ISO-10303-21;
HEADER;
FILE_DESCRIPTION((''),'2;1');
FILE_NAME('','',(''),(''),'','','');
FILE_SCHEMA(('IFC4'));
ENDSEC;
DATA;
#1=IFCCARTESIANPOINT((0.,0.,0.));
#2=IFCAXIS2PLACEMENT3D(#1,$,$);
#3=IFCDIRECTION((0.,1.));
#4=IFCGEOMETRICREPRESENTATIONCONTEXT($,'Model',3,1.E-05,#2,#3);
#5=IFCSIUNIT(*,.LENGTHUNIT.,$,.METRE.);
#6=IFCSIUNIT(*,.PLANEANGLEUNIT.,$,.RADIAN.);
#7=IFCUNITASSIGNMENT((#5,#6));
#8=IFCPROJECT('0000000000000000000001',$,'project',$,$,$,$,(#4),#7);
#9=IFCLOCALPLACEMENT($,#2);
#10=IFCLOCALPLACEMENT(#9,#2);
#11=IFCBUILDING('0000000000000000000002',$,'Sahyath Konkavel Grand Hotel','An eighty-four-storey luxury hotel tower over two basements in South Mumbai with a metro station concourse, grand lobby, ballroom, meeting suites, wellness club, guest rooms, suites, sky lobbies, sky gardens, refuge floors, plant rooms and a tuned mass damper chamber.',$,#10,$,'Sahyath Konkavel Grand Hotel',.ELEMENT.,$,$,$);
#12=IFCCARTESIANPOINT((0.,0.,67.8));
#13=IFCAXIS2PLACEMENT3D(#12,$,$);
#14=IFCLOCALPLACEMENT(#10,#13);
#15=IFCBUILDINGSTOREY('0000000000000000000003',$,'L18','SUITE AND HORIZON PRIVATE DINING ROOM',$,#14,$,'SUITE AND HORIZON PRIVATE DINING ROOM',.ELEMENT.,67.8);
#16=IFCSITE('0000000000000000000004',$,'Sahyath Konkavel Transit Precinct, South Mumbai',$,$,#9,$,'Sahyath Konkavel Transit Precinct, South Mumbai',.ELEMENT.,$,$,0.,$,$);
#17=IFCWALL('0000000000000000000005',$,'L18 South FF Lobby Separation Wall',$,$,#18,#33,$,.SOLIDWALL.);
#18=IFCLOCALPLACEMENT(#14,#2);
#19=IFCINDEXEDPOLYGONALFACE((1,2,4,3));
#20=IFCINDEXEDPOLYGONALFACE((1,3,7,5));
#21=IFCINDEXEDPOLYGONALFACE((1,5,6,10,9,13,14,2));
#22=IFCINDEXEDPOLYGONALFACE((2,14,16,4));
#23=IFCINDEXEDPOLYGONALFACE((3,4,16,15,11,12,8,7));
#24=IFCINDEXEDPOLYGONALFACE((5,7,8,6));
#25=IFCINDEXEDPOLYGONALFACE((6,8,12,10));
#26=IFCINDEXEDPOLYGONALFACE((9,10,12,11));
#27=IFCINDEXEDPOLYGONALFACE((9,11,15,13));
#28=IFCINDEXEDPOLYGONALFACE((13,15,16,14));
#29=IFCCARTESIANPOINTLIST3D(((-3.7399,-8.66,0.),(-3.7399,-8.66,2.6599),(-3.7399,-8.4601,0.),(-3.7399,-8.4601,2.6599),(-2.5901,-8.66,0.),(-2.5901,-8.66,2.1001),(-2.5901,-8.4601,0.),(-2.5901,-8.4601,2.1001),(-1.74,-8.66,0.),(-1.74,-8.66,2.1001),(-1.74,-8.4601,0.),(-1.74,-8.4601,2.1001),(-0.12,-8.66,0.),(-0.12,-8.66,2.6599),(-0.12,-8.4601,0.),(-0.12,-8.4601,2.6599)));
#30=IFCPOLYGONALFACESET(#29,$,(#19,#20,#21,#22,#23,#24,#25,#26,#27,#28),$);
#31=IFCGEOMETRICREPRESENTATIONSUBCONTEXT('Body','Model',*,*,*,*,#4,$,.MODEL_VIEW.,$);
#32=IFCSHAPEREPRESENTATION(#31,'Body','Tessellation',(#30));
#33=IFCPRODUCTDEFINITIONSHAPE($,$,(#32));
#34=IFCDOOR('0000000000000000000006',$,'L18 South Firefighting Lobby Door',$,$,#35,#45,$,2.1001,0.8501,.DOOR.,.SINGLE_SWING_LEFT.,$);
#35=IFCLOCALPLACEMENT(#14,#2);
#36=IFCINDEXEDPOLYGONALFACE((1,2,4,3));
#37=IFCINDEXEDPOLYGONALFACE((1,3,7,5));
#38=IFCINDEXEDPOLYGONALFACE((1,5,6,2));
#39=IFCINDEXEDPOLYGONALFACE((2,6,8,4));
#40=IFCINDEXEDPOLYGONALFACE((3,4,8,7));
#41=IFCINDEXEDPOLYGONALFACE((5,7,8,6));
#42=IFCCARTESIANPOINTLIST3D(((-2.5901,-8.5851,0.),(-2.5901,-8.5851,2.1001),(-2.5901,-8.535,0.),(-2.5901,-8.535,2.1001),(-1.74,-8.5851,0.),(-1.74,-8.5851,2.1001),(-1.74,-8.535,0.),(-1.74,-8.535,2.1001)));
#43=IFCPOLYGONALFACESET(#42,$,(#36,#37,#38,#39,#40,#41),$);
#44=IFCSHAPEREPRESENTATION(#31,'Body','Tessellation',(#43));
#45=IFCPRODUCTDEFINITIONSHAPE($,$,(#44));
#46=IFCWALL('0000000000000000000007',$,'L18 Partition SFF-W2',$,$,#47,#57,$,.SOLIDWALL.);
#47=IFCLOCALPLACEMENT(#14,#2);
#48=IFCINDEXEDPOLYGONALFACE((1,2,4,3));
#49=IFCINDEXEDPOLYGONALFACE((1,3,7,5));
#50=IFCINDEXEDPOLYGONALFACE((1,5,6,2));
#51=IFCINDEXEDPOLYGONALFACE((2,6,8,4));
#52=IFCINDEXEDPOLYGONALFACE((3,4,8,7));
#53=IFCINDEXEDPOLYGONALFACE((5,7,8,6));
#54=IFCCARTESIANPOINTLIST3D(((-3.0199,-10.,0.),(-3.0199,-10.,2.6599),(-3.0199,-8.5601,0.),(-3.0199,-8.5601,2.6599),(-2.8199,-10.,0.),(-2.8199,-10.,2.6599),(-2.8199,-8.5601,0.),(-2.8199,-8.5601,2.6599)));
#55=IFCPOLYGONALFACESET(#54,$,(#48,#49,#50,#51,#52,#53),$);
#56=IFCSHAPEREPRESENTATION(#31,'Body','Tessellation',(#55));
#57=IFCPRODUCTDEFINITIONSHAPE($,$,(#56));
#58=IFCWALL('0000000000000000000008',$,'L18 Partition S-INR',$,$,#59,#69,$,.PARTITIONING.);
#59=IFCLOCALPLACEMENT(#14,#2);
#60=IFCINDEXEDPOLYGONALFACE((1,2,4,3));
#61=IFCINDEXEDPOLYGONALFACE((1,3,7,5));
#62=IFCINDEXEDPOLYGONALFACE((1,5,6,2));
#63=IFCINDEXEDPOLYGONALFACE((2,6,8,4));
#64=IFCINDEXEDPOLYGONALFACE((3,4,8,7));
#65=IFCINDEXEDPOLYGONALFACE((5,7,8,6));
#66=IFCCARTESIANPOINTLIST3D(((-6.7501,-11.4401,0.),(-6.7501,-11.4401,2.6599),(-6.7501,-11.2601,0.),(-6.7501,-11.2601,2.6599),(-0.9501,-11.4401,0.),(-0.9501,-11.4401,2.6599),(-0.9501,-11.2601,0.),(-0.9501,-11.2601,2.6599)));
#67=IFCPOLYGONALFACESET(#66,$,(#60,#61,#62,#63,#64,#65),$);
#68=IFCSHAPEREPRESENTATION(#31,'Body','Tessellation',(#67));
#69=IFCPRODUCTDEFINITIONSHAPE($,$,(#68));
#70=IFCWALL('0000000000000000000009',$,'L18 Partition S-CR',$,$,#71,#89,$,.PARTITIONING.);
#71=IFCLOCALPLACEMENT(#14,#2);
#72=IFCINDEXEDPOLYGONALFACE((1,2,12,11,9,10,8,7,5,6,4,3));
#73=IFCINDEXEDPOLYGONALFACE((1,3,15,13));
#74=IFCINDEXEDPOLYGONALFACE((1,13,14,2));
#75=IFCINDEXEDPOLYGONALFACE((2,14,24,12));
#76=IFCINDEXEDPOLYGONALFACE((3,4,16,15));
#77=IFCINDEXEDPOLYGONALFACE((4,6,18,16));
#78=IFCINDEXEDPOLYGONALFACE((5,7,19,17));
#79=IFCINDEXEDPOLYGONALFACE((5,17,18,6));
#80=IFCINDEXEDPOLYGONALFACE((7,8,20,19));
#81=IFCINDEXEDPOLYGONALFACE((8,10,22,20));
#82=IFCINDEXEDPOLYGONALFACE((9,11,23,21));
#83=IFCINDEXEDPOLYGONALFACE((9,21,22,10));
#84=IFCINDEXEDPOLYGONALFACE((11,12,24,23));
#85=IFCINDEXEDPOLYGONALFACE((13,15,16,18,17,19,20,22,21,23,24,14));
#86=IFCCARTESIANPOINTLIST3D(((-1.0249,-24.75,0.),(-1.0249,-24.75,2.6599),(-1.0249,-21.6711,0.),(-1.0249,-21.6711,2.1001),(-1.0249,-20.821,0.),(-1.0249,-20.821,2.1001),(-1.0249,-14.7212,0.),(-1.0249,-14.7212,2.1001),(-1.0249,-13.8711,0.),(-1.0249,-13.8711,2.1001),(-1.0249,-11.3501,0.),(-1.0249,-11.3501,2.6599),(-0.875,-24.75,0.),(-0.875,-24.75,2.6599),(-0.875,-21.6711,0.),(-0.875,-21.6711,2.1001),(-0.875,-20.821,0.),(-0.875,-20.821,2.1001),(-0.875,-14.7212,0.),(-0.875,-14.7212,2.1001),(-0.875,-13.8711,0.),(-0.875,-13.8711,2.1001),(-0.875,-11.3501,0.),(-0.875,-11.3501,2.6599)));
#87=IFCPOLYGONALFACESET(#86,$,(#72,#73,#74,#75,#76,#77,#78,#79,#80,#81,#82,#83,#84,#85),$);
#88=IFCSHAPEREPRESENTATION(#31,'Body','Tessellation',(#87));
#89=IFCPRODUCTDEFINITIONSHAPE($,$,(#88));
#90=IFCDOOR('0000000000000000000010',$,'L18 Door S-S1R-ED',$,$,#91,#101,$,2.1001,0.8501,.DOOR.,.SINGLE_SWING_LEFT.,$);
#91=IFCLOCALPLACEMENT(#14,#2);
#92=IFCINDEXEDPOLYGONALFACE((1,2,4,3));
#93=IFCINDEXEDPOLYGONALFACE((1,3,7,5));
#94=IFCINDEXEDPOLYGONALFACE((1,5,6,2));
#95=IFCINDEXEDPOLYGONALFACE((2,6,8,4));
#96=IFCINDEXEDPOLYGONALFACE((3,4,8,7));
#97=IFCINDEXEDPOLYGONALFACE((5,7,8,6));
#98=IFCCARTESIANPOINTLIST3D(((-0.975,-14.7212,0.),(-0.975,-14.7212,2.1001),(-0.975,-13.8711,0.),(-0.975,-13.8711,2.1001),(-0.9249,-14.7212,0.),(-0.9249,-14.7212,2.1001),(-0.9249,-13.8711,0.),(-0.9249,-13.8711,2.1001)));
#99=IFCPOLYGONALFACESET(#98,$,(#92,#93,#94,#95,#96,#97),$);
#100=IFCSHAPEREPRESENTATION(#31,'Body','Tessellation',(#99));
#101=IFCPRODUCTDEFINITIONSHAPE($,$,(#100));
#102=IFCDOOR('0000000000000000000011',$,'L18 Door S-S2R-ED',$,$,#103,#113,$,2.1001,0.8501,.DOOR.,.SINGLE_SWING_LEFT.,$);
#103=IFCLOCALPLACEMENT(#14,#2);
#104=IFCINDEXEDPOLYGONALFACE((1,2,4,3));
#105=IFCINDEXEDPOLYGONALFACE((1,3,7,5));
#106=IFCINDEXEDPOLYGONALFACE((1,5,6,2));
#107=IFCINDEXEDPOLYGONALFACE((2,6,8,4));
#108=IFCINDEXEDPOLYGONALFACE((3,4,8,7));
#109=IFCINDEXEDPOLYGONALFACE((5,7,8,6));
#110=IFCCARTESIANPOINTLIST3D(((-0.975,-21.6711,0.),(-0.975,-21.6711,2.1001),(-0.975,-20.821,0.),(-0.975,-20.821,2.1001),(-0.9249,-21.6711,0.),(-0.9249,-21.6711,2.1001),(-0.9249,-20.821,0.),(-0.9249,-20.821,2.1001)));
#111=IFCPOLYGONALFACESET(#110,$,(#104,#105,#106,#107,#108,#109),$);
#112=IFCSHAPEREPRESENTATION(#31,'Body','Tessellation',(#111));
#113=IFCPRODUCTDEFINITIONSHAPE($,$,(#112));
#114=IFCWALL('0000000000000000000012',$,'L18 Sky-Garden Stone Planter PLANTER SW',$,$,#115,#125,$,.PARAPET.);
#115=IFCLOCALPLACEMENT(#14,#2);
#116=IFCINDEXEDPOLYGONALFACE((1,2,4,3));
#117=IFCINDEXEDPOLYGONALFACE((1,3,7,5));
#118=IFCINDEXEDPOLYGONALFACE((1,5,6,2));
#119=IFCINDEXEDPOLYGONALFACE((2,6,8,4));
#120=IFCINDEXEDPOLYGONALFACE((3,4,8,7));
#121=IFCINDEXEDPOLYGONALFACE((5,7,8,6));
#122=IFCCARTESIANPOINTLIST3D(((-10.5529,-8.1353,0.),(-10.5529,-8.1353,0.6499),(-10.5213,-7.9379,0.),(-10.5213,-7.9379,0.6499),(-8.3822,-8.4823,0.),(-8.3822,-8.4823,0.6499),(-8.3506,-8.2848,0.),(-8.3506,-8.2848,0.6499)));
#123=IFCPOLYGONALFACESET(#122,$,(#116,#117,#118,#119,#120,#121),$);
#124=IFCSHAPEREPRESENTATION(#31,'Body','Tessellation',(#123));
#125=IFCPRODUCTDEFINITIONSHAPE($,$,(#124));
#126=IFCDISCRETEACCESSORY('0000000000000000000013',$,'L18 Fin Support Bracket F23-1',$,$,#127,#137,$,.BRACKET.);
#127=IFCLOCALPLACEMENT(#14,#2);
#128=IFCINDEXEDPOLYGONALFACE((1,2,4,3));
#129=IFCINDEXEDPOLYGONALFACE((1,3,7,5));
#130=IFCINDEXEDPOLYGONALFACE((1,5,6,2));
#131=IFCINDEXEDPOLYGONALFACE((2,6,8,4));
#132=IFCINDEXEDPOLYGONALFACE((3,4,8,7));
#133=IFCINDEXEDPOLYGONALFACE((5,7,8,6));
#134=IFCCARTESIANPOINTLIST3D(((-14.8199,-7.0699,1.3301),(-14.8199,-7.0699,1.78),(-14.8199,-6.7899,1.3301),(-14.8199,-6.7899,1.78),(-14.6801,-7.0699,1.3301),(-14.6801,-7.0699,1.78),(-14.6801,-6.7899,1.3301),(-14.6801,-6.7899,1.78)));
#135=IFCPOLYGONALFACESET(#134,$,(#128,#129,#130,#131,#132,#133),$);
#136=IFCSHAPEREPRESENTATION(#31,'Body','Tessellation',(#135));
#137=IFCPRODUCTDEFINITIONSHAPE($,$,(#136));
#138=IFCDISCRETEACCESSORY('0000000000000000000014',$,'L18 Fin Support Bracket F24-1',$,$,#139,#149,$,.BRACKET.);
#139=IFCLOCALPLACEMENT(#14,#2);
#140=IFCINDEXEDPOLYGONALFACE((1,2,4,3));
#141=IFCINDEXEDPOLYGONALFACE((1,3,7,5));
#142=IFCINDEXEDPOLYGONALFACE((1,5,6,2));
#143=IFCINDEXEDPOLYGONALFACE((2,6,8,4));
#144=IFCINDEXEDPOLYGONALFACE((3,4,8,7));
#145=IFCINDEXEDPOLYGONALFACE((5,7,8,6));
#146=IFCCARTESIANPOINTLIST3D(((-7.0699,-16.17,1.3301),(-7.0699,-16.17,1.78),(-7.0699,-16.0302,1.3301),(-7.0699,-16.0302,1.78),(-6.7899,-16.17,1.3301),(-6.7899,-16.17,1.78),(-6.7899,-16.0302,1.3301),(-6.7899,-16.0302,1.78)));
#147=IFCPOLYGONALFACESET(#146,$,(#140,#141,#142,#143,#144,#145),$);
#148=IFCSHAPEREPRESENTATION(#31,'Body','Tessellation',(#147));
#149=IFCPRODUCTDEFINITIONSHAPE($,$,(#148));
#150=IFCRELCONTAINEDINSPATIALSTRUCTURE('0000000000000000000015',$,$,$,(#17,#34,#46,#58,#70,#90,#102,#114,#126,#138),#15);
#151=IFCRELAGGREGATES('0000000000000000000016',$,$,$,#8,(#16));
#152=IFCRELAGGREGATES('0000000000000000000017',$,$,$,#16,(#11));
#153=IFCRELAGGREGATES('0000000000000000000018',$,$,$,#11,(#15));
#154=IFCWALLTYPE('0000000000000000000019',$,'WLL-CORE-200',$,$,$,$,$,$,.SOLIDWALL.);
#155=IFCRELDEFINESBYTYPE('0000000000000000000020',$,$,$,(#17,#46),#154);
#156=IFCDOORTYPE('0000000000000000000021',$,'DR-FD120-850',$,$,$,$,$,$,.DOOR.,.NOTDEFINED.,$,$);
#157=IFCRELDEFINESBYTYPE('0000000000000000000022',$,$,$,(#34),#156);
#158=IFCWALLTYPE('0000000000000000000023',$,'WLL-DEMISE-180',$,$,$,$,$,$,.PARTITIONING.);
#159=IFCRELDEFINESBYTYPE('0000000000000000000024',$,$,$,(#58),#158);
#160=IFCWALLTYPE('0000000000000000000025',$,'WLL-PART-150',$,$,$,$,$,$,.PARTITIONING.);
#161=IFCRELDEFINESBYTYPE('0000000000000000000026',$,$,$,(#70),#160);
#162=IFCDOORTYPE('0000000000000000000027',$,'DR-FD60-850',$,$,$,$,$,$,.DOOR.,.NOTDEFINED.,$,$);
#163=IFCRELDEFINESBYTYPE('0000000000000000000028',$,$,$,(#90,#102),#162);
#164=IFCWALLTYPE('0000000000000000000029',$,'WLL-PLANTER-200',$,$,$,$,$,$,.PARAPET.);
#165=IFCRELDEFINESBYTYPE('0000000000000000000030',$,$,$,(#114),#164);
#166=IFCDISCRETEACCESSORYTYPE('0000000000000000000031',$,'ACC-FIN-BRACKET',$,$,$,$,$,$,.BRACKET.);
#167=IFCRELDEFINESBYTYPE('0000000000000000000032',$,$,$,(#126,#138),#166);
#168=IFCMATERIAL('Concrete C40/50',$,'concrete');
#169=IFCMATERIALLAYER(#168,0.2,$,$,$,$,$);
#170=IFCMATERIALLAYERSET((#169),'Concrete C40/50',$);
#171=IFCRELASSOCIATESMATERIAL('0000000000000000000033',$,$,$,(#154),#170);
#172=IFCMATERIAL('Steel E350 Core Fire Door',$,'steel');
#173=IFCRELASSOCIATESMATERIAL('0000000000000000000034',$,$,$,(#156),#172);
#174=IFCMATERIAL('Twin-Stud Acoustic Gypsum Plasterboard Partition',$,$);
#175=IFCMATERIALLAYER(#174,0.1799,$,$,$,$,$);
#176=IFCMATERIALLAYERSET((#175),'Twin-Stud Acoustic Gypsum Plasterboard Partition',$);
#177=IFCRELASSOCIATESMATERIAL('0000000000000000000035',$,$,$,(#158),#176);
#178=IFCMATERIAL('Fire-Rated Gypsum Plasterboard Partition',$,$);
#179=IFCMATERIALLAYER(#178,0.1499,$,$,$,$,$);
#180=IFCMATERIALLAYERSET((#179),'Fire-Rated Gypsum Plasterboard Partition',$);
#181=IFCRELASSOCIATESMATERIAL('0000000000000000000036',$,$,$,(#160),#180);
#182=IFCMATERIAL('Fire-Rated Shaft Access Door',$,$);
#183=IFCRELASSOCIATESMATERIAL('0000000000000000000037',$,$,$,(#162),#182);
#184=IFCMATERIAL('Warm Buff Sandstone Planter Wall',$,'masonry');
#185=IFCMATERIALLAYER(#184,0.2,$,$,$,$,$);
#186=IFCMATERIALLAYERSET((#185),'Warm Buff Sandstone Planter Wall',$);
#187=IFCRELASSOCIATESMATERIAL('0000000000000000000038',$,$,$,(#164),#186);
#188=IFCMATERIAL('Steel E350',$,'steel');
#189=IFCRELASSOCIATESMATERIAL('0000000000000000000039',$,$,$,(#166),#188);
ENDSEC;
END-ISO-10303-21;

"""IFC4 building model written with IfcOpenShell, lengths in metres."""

from ifc_helpers import new_model, si_unit, direction, frame, frame_2d, origin, origin_2d, place, context, subcontext, project, spatial, rectangle, extrude, source, transform, mapped, material, layer, layer_set, type_object, element, fill, save


model = new_model("IFC4")

# Units and contexts
model_context = context("Model", 3, precision=1e-05, world=origin(), true_north=direction((0.0, 1.0)))
body_context = subcontext(model_context, "Body", "Model", "MODEL_VIEW")
ifc_project = project(units=[si_unit("LENGTHUNIT", "METRE"), si_unit("PLANEANGLEUNIT", "RADIAN")], contexts=[model_context])

# Site, building, storey
site_placement = place(None, origin())
site = spatial("IfcSite", under=ifc_project, at=site_placement, Name="Sahyath Konkavel Transit Precinct, South Mumbai", LongName="Sahyath Konkavel Transit Precinct, South Mumbai", CompositionType="ELEMENT", RefElevation=0.0)
building_placement = place(site_placement, origin())
building = spatial("IfcBuilding", under=site, at=building_placement, Name="Sahyath Konkavel Grand Hotel", Description="An eighty-four-storey luxury hotel tower over two basements in South Mumbai with a metro station concourse, grand lobby, ballroom, meeting suites, wellness club, guest rooms, suites, sky lobbies, sky gardens, refuge floors, plant rooms and a tuned mass damper chamber.", LongName="Sahyath Konkavel Grand Hotel", CompositionType="ELEMENT")
storey_placement = place(building_placement, frame((0.0, 0.0, 67.8)))
storey = spatial("IfcBuildingStorey", under=building, at=storey_placement, Name="L18", Description="SUITE AND HORIZON PRIVATE DINING ROOM", LongName="SUITE AND HORIZON PRIVATE DINING ROOM", CompositionType="ELEMENT", Elevation=67.8)

# Shared definitions
ifc_material_1 = material(Name="Steel E350", Category="steel")

# Shared definitions
ifc_material_2 = material(Name="Concrete C40/50", Category="concrete")
ifc_layer_1 = layer(ifc_material_2, 0.2)
ifc_layer_set_1 = layer_set([ifc_layer_1], Name="Concrete C40/50")
wall_type_1 = type_object("IfcWallType", Name="WLL-CORE-200", PredefinedType="SOLIDWALL", material=ifc_layer_set_1)

# Wall, opening, door
wall_1_placement = place(storey_placement, frame((-3.74, -8.5601, 0.0), z_axis=(0.0, 0.0, 1.0), x_axis=(1.0, 0.0, 0.0)))
wall_1 = element("IfcWall", 1, at=wall_1_placement, inside=storey, type_object=wall_type_1, Name="L18 South FF Lobby Separation Wall", PredefinedType="SOLIDWALL", context=body_context, shape_type="SweptSolid", body=[
    extrude(rectangle(XDim=3.6199, YDim=0.2, at=frame_2d((1.8101, 0.0))), origin(), (0.0, 0.0, 1.0), 2.6599),
])
opening_1_placement = place(wall_1_placement, frame((1.1499, 0.0, 0.0)))
opening_1 = element("IfcOpeningElement", 2, at=opening_1_placement, cuts=wall_1, PredefinedType="OPENING", context=body_context, shape_type="SweptSolid", body=[
    extrude(rectangle(XDim=0.8501, YDim=2.1001, at=frame_2d((0.425, 1.05))), frame((0.0, 0.1099, 0.0), z_axis=(0.0, -1.0, 0.0), x_axis=(1.0, 0.0, 0.0)), (0.0, 0.0, 1.0), 0.22),
])
ifc_material_3 = material(Name="Steel E350 Core Fire Door", Category="steel")
door_type_1 = type_object("IfcDoorType", Name="DR-FD120-850", OperationType="NOTDEFINED", PredefinedType="DOOR", material=ifc_material_3)
shared_shape_1 = source(origin(), body_context, "Body", "SweptSolid", [
    extrude(rectangle(XDim=0.8501, YDim=0.05, at=origin_2d()), origin(), (0.0, 0.0, 1.0), 2.1001),
])
door_1_placement = place(opening_1_placement, frame((0.425, 0.0, 0.0)))
door_1 = element("IfcDoor", 3, at=door_1_placement, inside=storey, type_object=door_type_1, Name="L18 South Firefighting Lobby Door", OperationType="SINGLE_SWING_LEFT", OverallHeight=2.1001, OverallWidth=0.8501, PredefinedType="DOOR", context=body_context, shape_type="MappedRepresentation", body=[
    mapped(shared_shape_1, transform((0.0, 0.0, 0.0), scale=1.0)),
])
fill(opening_1, door_1)

# Walls
wall_2_placement = place(storey_placement, frame((-2.9199, -10.0, 0.0), z_axis=(0.0, 0.0, 1.0), x_axis=(0.0, 1.0, 0.0)))
element("IfcWall", 4, at=wall_2_placement, inside=storey, type_object=wall_type_1, Name="L18 Partition SFF-W2", PredefinedType="SOLIDWALL", context=body_context, shape_type="SweptSolid", body=[
    extrude(rectangle(XDim=1.4399, YDim=0.2, at=frame_2d((0.72, 0.0))), origin(), (0.0, 0.0, 1.0), 2.6599),
])
ifc_material_4 = material(Name="Twin-Stud Acoustic Gypsum Plasterboard Partition")
ifc_layer_2 = layer(ifc_material_4, 0.1799)
ifc_layer_set_2 = layer_set([ifc_layer_2], Name="Twin-Stud Acoustic Gypsum Plasterboard Partition")
wall_type_2 = type_object("IfcWallType", Name="WLL-DEMISE-180", PredefinedType="PARTITIONING", material=ifc_layer_set_2)
wall_3_placement = place(storey_placement, frame((-6.75, -11.3501, 0.0), z_axis=(0.0, 0.0, 1.0), x_axis=(1.0, 0.0, 0.0)))
element("IfcWall", 5, at=wall_3_placement, inside=storey, type_object=wall_type_2, Name="L18 Partition S-INR", PredefinedType="PARTITIONING", context=body_context, shape_type="SweptSolid", body=[
    extrude(rectangle(XDim=5.8, YDim=0.1799, at=frame_2d((2.8999, 0.0))), origin(), (0.0, 0.0, 1.0), 2.6599),
])

# Wall, openings, doors
ifc_material_5 = material(Name="Fire-Rated Gypsum Plasterboard Partition")
ifc_layer_3 = layer(ifc_material_5, 0.1499)
ifc_layer_set_3 = layer_set([ifc_layer_3], Name="Fire-Rated Gypsum Plasterboard Partition")
wall_type_3 = type_object("IfcWallType", Name="WLL-PART-150", PredefinedType="PARTITIONING", material=ifc_layer_set_3)
wall_4_placement = place(storey_placement, frame((-0.95, -11.3501, 0.0), z_axis=(0.0, 0.0, 1.0), x_axis=(0.0, -1.0, 0.0)))
wall_4 = element("IfcWall", 6, at=wall_4_placement, inside=storey, type_object=wall_type_3, Name="L18 Partition S-CR", PredefinedType="PARTITIONING", context=body_context, shape_type="SweptSolid", body=[
    extrude(rectangle(XDim=13.3999, YDim=0.1499, at=frame_2d((6.7, 0.0))), origin(), (0.0, 0.0, 1.0), 2.6599),
])
opening_2_placement = place(wall_4_placement, frame((2.521, 0.0, 0.0)))
opening_2 = element("IfcOpeningElement", 7, at=opening_2_placement, cuts=wall_4, PredefinedType="OPENING", context=body_context, shape_type="SweptSolid", body=[
    extrude(rectangle(XDim=0.8501, YDim=2.1001, at=frame_2d((0.425, 1.05))), frame((0.0, 0.085, 0.0), z_axis=(0.0, -1.0, 0.0), x_axis=(1.0, 0.0, 0.0)), (0.0, 0.0, 1.0), 0.1699),
])
opening_3_placement = place(wall_4_placement, frame((9.4709, 0.0, 0.0)))
opening_3 = element("IfcOpeningElement", 8, at=opening_3_placement, cuts=wall_4, PredefinedType="OPENING", context=body_context, shape_type="SweptSolid", body=[
    extrude(rectangle(XDim=0.8501, YDim=2.1001, at=frame_2d((0.425, 1.05))), frame((0.0, 0.085, 0.0), z_axis=(0.0, -1.0, 0.0), x_axis=(1.0, 0.0, 0.0)), (0.0, 0.0, 1.0), 0.1699),
])
ifc_material_6 = material(Name="Fire-Rated Shaft Access Door")
door_type_2 = type_object("IfcDoorType", Name="DR-FD60-850", OperationType="NOTDEFINED", PredefinedType="DOOR", material=ifc_material_6)
door_2_placement = place(opening_2_placement, frame((0.425, 0.0, 0.0)))
door_2 = element("IfcDoor", 9, at=door_2_placement, inside=storey, type_object=door_type_2, Name="L18 Door S-S1R-ED", OperationType="SINGLE_SWING_LEFT", OverallHeight=2.1001, OverallWidth=0.8501, PredefinedType="DOOR", context=body_context, shape_type="MappedRepresentation", body=[
    mapped(shared_shape_1, transform((0.0, 0.0, 0.0), scale=1.0)),
])
fill(opening_2, door_2)
door_3_placement = place(opening_3_placement, frame((0.425, 0.0, 0.0)))
door_3 = element("IfcDoor", 10, at=door_3_placement, inside=storey, type_object=door_type_2, Name="L18 Door S-S2R-ED", OperationType="SINGLE_SWING_LEFT", OverallHeight=2.1001, OverallWidth=0.8501, PredefinedType="DOOR", context=body_context, shape_type="MappedRepresentation", body=[
    mapped(shared_shape_1, transform((0.0, 0.0, 0.0), scale=1.0)),
])
fill(opening_3, door_3)

# Wall
ifc_material_7 = material(Name="Warm Buff Sandstone Planter Wall", Category="masonry")
ifc_layer_4 = layer(ifc_material_7, 0.2)
ifc_layer_set_4 = layer_set([ifc_layer_4], Name="Warm Buff Sandstone Planter Wall")
wall_type_4 = type_object("IfcWallType", Name="WLL-PLANTER-200", PredefinedType="PARAPET", material=ifc_layer_set_4)
wall_5_placement = place(storey_placement, frame((-10.5371, -8.0366, 0.0), z_axis=(0.0, 0.0, 1.0), x_axis=(0.987468, -0.157822, 0.0)))
element("IfcWall", 11, at=wall_5_placement, inside=storey, type_object=wall_type_4, Name="L18 Sky-Garden Stone Planter PLANTER SW", PredefinedType="PARAPET", context=body_context, shape_type="SweptSolid", body=[
    extrude(rectangle(XDim=2.1982, YDim=0.2, at=frame_2d((1.0991, 0.0))), origin(), (0.0, 0.0, 1.0), 0.6499),
])

# Discrete accessories
discrete_accessory_type = type_object("IfcDiscreteAccessoryType", Name="ACC-FIN-BRACKET", PredefinedType="BRACKET", material=ifc_material_1)
shared_shape_2 = source(origin(), body_context, "Body", "SweptSolid", [
    extrude(rectangle(XDim=0.28, YDim=0.1399, at=origin_2d()), origin(), (0.0, 0.0, 1.0), 0.45),
])
for number, where, z_axis, x_axis, name in (
    (12, (-14.75, -6.9299, 1.3301), (0.0, 0.0, 1.0), (0.0, -1.0, 0.0), "L18 Fin Support Bracket F23-1"),
    (13, (-6.9299, -16.1001, 1.3301), (0.0, 0.0, 1.0), (-1.0, 0.0, 0.0), "L18 Fin Support Bracket F24-1"),
):
    element("IfcDiscreteAccessory", number, at=place(storey_placement, frame(where, z_axis=z_axis, x_axis=x_axis)), inside=storey, type_object=discrete_accessory_type, Name=name, PredefinedType="BRACKET", context=body_context, shape_type="MappedRepresentation", body=[
        mapped(shared_shape_2, transform((0.0, 0.0, 0.0), scale=1.0)),
    ])

save(model, "model.ifc")
